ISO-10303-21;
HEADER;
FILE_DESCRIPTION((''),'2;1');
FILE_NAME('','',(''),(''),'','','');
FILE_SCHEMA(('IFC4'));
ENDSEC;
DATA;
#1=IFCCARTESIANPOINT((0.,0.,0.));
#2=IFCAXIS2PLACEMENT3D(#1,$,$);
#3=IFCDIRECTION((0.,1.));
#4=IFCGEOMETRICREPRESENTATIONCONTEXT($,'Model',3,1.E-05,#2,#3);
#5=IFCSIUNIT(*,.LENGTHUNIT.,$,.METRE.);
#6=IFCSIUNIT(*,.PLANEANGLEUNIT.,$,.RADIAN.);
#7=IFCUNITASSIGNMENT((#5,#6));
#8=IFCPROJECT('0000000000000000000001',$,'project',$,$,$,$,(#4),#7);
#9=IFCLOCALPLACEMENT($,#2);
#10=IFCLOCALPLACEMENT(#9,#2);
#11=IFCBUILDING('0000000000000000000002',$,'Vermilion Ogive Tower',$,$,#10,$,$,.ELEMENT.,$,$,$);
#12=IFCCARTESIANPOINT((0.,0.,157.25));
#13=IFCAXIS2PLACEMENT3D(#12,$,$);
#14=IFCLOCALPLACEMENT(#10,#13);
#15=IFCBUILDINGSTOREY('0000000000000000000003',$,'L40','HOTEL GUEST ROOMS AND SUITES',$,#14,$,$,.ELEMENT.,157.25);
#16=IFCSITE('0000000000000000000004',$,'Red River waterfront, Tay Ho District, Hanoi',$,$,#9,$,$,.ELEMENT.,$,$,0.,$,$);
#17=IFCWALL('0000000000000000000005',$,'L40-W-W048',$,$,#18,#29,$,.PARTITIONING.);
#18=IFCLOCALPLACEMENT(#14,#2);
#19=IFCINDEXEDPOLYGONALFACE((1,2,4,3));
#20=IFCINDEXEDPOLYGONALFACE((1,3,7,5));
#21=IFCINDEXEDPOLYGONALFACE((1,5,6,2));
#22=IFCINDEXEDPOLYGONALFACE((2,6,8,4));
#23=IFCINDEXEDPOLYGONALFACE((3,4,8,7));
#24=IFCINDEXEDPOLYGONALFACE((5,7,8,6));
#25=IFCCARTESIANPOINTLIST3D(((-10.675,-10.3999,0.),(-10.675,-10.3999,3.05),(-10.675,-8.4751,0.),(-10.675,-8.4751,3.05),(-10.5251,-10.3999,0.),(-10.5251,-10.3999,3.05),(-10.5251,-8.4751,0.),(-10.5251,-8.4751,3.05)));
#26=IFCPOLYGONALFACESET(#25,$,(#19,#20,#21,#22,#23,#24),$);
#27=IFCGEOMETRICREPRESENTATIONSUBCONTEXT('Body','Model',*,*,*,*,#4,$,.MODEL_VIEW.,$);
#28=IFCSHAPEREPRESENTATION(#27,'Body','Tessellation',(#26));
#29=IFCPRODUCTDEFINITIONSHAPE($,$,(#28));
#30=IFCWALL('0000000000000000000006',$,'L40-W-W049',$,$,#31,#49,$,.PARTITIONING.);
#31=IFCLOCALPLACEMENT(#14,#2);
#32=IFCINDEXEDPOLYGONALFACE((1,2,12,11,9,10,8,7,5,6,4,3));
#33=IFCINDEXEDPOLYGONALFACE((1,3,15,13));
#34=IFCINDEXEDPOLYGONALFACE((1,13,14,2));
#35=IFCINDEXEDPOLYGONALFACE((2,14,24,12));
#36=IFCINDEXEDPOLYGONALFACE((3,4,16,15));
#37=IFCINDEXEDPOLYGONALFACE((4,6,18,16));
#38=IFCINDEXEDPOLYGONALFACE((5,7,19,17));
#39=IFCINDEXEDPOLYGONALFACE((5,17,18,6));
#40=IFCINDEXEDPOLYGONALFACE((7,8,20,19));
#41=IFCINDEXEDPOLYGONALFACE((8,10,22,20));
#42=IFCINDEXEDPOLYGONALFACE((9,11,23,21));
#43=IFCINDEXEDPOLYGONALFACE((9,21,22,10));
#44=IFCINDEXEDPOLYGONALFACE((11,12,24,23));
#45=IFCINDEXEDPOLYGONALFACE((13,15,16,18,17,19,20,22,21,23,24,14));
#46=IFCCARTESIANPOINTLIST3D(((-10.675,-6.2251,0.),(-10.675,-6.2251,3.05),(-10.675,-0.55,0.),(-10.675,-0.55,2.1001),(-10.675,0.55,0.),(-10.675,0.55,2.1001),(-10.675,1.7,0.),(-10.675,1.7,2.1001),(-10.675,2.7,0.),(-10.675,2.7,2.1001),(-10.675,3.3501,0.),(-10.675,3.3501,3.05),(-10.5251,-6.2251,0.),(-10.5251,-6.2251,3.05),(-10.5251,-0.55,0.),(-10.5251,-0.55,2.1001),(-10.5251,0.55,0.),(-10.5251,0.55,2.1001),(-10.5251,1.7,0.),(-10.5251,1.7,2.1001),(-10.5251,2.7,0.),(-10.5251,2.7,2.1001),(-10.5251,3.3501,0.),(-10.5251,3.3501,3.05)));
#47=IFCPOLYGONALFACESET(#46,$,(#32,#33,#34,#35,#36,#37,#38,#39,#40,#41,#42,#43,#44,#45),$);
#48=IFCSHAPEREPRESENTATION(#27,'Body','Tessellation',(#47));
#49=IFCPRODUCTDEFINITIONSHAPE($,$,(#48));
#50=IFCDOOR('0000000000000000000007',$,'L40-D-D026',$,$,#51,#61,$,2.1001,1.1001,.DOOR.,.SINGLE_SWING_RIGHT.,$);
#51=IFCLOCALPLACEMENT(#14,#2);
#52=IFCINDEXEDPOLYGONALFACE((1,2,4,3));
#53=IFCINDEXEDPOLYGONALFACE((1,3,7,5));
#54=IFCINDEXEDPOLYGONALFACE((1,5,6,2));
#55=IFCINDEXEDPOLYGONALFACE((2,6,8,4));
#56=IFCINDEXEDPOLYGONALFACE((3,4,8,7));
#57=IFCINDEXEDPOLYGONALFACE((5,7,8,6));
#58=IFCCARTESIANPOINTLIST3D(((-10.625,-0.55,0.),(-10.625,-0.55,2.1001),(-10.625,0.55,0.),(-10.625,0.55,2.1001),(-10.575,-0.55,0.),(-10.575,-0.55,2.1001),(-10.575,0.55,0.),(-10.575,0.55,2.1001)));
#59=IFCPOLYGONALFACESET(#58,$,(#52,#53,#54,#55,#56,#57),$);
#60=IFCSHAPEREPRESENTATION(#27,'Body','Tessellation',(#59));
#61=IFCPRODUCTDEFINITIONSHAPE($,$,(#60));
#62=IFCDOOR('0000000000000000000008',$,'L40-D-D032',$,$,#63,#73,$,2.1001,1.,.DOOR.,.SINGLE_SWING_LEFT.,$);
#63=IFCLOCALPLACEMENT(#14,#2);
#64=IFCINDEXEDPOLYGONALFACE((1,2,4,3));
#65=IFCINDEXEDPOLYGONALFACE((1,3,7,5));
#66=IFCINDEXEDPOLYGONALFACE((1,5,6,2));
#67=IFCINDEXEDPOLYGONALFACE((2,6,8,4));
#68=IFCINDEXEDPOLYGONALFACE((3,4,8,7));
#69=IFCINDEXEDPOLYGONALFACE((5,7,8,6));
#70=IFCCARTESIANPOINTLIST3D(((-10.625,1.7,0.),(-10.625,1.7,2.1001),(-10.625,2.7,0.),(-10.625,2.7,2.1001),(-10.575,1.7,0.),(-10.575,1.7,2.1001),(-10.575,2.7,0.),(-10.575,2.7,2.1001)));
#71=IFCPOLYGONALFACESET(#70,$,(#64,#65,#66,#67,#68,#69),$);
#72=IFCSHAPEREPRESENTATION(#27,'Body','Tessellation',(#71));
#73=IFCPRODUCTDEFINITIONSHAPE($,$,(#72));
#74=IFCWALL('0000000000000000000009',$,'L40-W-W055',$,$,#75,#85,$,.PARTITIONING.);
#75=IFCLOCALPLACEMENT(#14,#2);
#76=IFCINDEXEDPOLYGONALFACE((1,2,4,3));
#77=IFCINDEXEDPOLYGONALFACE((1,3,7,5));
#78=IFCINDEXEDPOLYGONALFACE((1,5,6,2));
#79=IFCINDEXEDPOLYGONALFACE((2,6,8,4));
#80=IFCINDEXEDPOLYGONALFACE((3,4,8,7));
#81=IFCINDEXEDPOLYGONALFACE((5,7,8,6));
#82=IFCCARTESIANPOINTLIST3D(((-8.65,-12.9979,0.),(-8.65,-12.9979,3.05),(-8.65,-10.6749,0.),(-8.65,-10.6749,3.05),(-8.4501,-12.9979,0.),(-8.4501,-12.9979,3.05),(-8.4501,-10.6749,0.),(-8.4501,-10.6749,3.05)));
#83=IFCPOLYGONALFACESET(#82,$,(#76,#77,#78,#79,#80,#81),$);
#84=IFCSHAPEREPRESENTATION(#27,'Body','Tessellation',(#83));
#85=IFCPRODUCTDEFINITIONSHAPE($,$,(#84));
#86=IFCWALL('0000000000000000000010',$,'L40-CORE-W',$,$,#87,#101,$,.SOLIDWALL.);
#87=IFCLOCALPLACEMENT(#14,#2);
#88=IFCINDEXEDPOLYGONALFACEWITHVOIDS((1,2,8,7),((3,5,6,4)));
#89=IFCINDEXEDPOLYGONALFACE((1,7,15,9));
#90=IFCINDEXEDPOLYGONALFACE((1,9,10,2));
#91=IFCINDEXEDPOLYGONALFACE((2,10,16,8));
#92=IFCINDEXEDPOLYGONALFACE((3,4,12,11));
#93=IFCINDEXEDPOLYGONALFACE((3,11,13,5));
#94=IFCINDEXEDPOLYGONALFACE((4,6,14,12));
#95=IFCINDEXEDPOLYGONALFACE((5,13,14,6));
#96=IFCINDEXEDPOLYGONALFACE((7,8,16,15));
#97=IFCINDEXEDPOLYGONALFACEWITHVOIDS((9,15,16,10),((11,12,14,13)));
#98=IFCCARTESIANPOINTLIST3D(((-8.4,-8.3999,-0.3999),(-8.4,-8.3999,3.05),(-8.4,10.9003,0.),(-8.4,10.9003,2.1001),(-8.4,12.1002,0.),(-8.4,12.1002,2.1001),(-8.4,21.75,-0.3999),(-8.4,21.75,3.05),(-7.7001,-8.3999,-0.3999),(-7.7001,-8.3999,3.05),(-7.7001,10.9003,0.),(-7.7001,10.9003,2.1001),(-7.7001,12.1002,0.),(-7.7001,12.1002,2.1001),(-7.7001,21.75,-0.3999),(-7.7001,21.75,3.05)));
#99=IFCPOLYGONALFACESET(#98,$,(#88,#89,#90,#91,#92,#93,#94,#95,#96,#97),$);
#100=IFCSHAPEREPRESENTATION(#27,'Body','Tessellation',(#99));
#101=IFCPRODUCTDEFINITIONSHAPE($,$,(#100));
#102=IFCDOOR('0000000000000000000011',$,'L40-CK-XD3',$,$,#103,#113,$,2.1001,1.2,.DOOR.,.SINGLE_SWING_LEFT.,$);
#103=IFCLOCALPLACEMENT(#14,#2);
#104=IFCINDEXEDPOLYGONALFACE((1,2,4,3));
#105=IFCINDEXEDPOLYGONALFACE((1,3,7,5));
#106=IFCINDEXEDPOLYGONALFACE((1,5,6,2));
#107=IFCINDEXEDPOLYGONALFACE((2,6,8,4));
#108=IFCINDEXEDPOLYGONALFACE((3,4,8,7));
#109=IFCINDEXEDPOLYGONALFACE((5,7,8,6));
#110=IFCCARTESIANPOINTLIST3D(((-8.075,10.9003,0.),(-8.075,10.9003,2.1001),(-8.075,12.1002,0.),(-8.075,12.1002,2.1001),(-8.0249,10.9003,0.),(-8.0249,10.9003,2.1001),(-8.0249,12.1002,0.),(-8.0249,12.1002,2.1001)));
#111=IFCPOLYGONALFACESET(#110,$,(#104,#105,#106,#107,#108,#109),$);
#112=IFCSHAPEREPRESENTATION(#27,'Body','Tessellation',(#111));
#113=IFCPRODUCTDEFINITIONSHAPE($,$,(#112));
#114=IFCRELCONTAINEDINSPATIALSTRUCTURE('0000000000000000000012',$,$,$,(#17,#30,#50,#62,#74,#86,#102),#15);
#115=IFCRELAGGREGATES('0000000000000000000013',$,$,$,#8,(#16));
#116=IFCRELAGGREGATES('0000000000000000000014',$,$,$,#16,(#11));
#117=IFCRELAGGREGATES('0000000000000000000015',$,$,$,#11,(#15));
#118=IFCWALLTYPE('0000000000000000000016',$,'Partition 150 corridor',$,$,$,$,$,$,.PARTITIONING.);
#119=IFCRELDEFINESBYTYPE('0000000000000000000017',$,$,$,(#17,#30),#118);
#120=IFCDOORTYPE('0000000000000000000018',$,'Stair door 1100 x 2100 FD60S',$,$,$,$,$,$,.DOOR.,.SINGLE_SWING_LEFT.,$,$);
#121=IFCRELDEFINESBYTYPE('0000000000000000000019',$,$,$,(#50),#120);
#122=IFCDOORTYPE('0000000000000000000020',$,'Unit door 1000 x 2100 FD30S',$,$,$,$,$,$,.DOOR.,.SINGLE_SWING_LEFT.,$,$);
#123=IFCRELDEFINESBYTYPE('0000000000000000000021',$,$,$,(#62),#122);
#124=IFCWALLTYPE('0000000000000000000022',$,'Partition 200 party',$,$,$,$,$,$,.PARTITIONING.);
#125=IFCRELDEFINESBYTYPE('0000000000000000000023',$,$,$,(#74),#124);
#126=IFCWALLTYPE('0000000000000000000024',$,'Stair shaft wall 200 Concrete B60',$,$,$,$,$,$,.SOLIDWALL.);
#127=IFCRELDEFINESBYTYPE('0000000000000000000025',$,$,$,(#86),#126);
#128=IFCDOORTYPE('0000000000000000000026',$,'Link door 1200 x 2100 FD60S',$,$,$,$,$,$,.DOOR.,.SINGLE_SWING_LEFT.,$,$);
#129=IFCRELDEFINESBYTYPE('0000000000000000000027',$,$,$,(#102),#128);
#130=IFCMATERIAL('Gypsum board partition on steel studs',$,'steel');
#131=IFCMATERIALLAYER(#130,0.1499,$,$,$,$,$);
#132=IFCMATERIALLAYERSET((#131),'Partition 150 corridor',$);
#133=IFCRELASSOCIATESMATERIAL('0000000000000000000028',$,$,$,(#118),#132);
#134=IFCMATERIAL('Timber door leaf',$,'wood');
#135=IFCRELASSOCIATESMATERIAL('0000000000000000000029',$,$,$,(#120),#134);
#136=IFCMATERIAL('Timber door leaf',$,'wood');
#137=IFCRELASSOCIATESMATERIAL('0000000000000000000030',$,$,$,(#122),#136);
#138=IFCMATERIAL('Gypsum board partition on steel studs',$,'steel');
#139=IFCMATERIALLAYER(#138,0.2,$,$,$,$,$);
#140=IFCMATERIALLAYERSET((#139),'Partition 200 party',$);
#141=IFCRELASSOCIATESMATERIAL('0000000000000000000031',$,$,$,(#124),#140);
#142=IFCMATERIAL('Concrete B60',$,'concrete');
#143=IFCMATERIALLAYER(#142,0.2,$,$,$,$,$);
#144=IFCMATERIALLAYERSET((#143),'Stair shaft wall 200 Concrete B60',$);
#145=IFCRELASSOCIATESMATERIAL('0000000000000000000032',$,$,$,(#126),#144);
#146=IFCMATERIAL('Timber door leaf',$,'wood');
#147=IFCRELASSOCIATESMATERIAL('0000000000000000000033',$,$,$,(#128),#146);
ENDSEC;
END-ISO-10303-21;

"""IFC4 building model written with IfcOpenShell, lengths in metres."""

from ifc_helpers import new_model, si_unit, direction, frame, frame_2d, origin, place, context, subcontext, project, spatial, rectangle, extrude, material, layer, layer_set, type_object, element, fill, save


model = new_model("IFC4")

# Units and contexts
model_context = context("Model", 3, precision=1e-05, world=origin(), true_north=direction((0.0, 1.0)))
body_context = subcontext(model_context, "Body", "Model", "MODEL_VIEW")
ifc_project = project(units=[si_unit("LENGTHUNIT", "METRE"), si_unit("PLANEANGLEUNIT", "RADIAN")], contexts=[model_context])

# Site, building, storey
site_placement = place(None, origin())
site = spatial("IfcSite", under=ifc_project, at=site_placement, Name="Red River waterfront, Tay Ho District, Hanoi", CompositionType="ELEMENT", RefElevation=0.0)
building_placement = place(site_placement, origin())
building = spatial("IfcBuilding", under=site, at=building_placement, Name="Vermilion Ogive Tower", CompositionType="ELEMENT")
storey_placement = place(building_placement, frame((0.0, 0.0, 157.25)))
storey = spatial("IfcBuildingStorey", under=building, at=storey_placement, Name="L40", Description="HOTEL GUEST ROOMS AND SUITES", CompositionType="ELEMENT", Elevation=157.25)

# Shared definitions
ifc_material_1 = material(Name="Gypsum board partition on steel studs", Category="steel")
ifc_layer_1 = layer(ifc_material_1, 0.1499)
ifc_layer_set_1 = layer_set([ifc_layer_1], Name="Partition 150 corridor")
wall_type_1 = type_object("IfcWallType", Name="Partition 150 corridor", PredefinedType="PARTITIONING", material=ifc_layer_set_1)
ifc_material_2 = material(Name="Timber door leaf", Category="wood")
door_type_1 = type_object("IfcDoorType", Name="Stair door 1100 x 2100 FD60S", OperationType="SINGLE_SWING_LEFT", PredefinedType="DOOR", material=ifc_material_2)

# Wall
wall_1_placement = place(storey_placement, frame((-10.6001, -10.3999, 0.0), z_axis=(0.0, 0.0, 1.0), x_axis=(0.0, 1.0, 0.0)))
element("IfcWall", 1, at=wall_1_placement, inside=storey, type_object=wall_type_1, Name="L40-W-W048", PredefinedType="PARTITIONING", context=body_context, shape_type="SweptSolid", body=[
    extrude(rectangle(XDim=1.9248, YDim=0.1499, at=frame_2d((0.9624, 0.0))), origin(), (0.0, 0.0, 1.0), 3.05),
])

# Wall, openings, doors
wall_2_placement = place(storey_placement, frame((-10.6001, -6.2251, 0.0), z_axis=(0.0, 0.0, 1.0), x_axis=(0.0, 1.0, 0.0)))
wall_2 = element("IfcWall", 2, at=wall_2_placement, inside=storey, type_object=wall_type_1, Name="L40-W-W049", PredefinedType="PARTITIONING", context=body_context, shape_type="SweptSolid", body=[
    extrude(rectangle(XDim=9.5752, YDim=0.1499, at=frame_2d((4.7876, 0.0))), origin(), (0.0, 0.0, 1.0), 3.05),
])
opening_1_placement = place(wall_2_placement, frame((5.675, 0.0, 0.0)))
opening_1 = element("IfcOpeningElement", 3, at=opening_1_placement, cuts=wall_2, PredefinedType="OPENING", context=body_context, shape_type="SweptSolid", body=[
    extrude(rectangle(XDim=1.1001, YDim=2.1001, at=frame_2d((0.55, 1.05))), frame((0.0, 0.085, 0.0), z_axis=(0.0, -1.0, 0.0), x_axis=(1.0, 0.0, 0.0)), (0.0, 0.0, 1.0), 0.1699),
])
opening_2_placement = place(wall_2_placement, frame((7.925, 0.0, 0.0)))
opening_2 = element("IfcOpeningElement", 4, at=opening_2_placement, cuts=wall_2, PredefinedType="OPENING", context=body_context, shape_type="SweptSolid", body=[
    extrude(rectangle(XDim=1.0, YDim=2.1001, at=frame_2d((0.5, 1.05))), frame((0.0, 0.085, 0.0), z_axis=(0.0, -1.0, 0.0), x_axis=(1.0, 0.0, 0.0)), (0.0, 0.0, 1.0), 0.1699),
])
door_1_placement = place(opening_1_placement, origin())
door_1 = element("IfcDoor", 5, at=door_1_placement, inside=storey, type_object=door_type_1, Name="L40-D-D026", OperationType="SINGLE_SWING_RIGHT", OverallHeight=2.1001, OverallWidth=1.1001, PredefinedType="DOOR", context=body_context, shape_type="SweptSolid", body=[
    extrude(rectangle(XDim=1.1001, YDim=2.1001, at=frame_2d((0.55, 1.05))), frame((0.0, 0.0249, 0.0), z_axis=(0.0, -1.0, 0.0), x_axis=(1.0, 0.0, 0.0)), (0.0, 0.0, 1.0), 0.05),
])
fill(opening_1, door_1)
ifc_material_3 = material(Name="Timber door leaf", Category="wood")
door_type_2 = type_object("IfcDoorType", Name="Unit door 1000 x 2100 FD30S", OperationType="SINGLE_SWING_LEFT", PredefinedType="DOOR", material=ifc_material_3)
door_2_placement = place(opening_2_placement, origin())
door_2 = element("IfcDoor", 6, at=door_2_placement, inside=storey, type_object=door_type_2, Name="L40-D-D032", OperationType="SINGLE_SWING_LEFT", OverallHeight=2.1001, OverallWidth=1.0, PredefinedType="DOOR", context=body_context, shape_type="SweptSolid", body=[
    extrude(rectangle(XDim=1.0, YDim=2.1001, at=frame_2d((0.5, 1.05))), frame((0.0, 0.0249, 0.0), z_axis=(0.0, -1.0, 0.0), x_axis=(1.0, 0.0, 0.0)), (0.0, 0.0, 1.0), 0.05),
])
fill(opening_2, door_2)

# Wall
ifc_material_4 = material(Name="Gypsum board partition on steel studs", Category="steel")
ifc_layer_2 = layer(ifc_material_4, 0.2)
ifc_layer_set_2 = layer_set([ifc_layer_2], Name="Partition 200 party")
wall_type_2 = type_object("IfcWallType", Name="Partition 200 party", PredefinedType="PARTITIONING", material=ifc_layer_set_2)
wall_3_placement = place(storey_placement, frame((-8.55, -12.998, 0.0), z_axis=(0.0, 0.0, 1.0), x_axis=(0.0, 1.0, 0.0)))
element("IfcWall", 7, at=wall_3_placement, inside=storey, type_object=wall_type_2, Name="L40-W-W055", PredefinedType="PARTITIONING", context=body_context, shape_type="SweptSolid", body=[
    extrude(rectangle(XDim=2.323, YDim=0.2, at=frame_2d((1.1616, 0.0))), origin(), (0.0, 0.0, 1.0), 3.05),
])

# Wall, opening, door
ifc_material_5 = material(Name="Concrete B60", Category="concrete")
ifc_layer_3 = layer(ifc_material_5, 0.2)
ifc_layer_set_3 = layer_set([ifc_layer_3], Name="Stair shaft wall 200 Concrete B60")
wall_type_3 = type_object("IfcWallType", Name="Stair shaft wall 200 Concrete B60", PredefinedType="SOLIDWALL", material=ifc_layer_set_3)
wall_4_placement = place(storey_placement, frame((-8.05, -8.3999, -0.3999), z_axis=(0.0, 0.0, 1.0), x_axis=(0.0, 1.0, 0.0)))
wall_4 = element("IfcWall", 8, at=wall_4_placement, inside=storey, type_object=wall_type_3, Name="L40-CORE-W", PredefinedType="SOLIDWALL", context=body_context, shape_type="SweptSolid", body=[
    extrude(rectangle(XDim=30.1499, YDim=0.7, at=frame_2d((15.075, 0.0))), origin(), (0.0, 0.0, 1.0), 3.45),
])
opening_3_placement = place(wall_4_placement, frame((19.3, 0.0, 0.3999)))
opening_3 = element("IfcOpeningElement", 9, at=opening_3_placement, cuts=wall_4, PredefinedType="OPENING", context=body_context, shape_type="SweptSolid", body=[
    extrude(rectangle(XDim=1.2, YDim=2.1001, at=frame_2d((0.6001, 1.05))), frame((0.0, 0.3599, 0.0), z_axis=(0.0, -1.0, 0.0), x_axis=(1.0, 0.0, 0.0)), (0.0, 0.0, 1.0), 0.72),
])
ifc_material_6 = material(Name="Timber door leaf", Category="wood")
door_type_3 = type_object("IfcDoorType", Name="Link door 1200 x 2100 FD60S", OperationType="SINGLE_SWING_LEFT", PredefinedType="DOOR", material=ifc_material_6)
door_3_placement = place(opening_3_placement, origin())
door_3 = element("IfcDoor", 10, at=door_3_placement, inside=storey, type_object=door_type_3, Name="L40-CK-XD3", OperationType="SINGLE_SWING_LEFT", OverallHeight=2.1001, OverallWidth=1.2, PredefinedType="DOOR", context=body_context, shape_type="SweptSolid", body=[
    extrude(rectangle(XDim=1.2, YDim=2.1001, at=frame_2d((0.6001, 1.05))), frame((0.0, 0.0249, 0.0), z_axis=(0.0, -1.0, 0.0), x_axis=(1.0, 0.0, 0.0)), (0.0, 0.0, 1.0), 0.05),
])
fill(opening_3, door_3)

save(model, "model.ifc")
